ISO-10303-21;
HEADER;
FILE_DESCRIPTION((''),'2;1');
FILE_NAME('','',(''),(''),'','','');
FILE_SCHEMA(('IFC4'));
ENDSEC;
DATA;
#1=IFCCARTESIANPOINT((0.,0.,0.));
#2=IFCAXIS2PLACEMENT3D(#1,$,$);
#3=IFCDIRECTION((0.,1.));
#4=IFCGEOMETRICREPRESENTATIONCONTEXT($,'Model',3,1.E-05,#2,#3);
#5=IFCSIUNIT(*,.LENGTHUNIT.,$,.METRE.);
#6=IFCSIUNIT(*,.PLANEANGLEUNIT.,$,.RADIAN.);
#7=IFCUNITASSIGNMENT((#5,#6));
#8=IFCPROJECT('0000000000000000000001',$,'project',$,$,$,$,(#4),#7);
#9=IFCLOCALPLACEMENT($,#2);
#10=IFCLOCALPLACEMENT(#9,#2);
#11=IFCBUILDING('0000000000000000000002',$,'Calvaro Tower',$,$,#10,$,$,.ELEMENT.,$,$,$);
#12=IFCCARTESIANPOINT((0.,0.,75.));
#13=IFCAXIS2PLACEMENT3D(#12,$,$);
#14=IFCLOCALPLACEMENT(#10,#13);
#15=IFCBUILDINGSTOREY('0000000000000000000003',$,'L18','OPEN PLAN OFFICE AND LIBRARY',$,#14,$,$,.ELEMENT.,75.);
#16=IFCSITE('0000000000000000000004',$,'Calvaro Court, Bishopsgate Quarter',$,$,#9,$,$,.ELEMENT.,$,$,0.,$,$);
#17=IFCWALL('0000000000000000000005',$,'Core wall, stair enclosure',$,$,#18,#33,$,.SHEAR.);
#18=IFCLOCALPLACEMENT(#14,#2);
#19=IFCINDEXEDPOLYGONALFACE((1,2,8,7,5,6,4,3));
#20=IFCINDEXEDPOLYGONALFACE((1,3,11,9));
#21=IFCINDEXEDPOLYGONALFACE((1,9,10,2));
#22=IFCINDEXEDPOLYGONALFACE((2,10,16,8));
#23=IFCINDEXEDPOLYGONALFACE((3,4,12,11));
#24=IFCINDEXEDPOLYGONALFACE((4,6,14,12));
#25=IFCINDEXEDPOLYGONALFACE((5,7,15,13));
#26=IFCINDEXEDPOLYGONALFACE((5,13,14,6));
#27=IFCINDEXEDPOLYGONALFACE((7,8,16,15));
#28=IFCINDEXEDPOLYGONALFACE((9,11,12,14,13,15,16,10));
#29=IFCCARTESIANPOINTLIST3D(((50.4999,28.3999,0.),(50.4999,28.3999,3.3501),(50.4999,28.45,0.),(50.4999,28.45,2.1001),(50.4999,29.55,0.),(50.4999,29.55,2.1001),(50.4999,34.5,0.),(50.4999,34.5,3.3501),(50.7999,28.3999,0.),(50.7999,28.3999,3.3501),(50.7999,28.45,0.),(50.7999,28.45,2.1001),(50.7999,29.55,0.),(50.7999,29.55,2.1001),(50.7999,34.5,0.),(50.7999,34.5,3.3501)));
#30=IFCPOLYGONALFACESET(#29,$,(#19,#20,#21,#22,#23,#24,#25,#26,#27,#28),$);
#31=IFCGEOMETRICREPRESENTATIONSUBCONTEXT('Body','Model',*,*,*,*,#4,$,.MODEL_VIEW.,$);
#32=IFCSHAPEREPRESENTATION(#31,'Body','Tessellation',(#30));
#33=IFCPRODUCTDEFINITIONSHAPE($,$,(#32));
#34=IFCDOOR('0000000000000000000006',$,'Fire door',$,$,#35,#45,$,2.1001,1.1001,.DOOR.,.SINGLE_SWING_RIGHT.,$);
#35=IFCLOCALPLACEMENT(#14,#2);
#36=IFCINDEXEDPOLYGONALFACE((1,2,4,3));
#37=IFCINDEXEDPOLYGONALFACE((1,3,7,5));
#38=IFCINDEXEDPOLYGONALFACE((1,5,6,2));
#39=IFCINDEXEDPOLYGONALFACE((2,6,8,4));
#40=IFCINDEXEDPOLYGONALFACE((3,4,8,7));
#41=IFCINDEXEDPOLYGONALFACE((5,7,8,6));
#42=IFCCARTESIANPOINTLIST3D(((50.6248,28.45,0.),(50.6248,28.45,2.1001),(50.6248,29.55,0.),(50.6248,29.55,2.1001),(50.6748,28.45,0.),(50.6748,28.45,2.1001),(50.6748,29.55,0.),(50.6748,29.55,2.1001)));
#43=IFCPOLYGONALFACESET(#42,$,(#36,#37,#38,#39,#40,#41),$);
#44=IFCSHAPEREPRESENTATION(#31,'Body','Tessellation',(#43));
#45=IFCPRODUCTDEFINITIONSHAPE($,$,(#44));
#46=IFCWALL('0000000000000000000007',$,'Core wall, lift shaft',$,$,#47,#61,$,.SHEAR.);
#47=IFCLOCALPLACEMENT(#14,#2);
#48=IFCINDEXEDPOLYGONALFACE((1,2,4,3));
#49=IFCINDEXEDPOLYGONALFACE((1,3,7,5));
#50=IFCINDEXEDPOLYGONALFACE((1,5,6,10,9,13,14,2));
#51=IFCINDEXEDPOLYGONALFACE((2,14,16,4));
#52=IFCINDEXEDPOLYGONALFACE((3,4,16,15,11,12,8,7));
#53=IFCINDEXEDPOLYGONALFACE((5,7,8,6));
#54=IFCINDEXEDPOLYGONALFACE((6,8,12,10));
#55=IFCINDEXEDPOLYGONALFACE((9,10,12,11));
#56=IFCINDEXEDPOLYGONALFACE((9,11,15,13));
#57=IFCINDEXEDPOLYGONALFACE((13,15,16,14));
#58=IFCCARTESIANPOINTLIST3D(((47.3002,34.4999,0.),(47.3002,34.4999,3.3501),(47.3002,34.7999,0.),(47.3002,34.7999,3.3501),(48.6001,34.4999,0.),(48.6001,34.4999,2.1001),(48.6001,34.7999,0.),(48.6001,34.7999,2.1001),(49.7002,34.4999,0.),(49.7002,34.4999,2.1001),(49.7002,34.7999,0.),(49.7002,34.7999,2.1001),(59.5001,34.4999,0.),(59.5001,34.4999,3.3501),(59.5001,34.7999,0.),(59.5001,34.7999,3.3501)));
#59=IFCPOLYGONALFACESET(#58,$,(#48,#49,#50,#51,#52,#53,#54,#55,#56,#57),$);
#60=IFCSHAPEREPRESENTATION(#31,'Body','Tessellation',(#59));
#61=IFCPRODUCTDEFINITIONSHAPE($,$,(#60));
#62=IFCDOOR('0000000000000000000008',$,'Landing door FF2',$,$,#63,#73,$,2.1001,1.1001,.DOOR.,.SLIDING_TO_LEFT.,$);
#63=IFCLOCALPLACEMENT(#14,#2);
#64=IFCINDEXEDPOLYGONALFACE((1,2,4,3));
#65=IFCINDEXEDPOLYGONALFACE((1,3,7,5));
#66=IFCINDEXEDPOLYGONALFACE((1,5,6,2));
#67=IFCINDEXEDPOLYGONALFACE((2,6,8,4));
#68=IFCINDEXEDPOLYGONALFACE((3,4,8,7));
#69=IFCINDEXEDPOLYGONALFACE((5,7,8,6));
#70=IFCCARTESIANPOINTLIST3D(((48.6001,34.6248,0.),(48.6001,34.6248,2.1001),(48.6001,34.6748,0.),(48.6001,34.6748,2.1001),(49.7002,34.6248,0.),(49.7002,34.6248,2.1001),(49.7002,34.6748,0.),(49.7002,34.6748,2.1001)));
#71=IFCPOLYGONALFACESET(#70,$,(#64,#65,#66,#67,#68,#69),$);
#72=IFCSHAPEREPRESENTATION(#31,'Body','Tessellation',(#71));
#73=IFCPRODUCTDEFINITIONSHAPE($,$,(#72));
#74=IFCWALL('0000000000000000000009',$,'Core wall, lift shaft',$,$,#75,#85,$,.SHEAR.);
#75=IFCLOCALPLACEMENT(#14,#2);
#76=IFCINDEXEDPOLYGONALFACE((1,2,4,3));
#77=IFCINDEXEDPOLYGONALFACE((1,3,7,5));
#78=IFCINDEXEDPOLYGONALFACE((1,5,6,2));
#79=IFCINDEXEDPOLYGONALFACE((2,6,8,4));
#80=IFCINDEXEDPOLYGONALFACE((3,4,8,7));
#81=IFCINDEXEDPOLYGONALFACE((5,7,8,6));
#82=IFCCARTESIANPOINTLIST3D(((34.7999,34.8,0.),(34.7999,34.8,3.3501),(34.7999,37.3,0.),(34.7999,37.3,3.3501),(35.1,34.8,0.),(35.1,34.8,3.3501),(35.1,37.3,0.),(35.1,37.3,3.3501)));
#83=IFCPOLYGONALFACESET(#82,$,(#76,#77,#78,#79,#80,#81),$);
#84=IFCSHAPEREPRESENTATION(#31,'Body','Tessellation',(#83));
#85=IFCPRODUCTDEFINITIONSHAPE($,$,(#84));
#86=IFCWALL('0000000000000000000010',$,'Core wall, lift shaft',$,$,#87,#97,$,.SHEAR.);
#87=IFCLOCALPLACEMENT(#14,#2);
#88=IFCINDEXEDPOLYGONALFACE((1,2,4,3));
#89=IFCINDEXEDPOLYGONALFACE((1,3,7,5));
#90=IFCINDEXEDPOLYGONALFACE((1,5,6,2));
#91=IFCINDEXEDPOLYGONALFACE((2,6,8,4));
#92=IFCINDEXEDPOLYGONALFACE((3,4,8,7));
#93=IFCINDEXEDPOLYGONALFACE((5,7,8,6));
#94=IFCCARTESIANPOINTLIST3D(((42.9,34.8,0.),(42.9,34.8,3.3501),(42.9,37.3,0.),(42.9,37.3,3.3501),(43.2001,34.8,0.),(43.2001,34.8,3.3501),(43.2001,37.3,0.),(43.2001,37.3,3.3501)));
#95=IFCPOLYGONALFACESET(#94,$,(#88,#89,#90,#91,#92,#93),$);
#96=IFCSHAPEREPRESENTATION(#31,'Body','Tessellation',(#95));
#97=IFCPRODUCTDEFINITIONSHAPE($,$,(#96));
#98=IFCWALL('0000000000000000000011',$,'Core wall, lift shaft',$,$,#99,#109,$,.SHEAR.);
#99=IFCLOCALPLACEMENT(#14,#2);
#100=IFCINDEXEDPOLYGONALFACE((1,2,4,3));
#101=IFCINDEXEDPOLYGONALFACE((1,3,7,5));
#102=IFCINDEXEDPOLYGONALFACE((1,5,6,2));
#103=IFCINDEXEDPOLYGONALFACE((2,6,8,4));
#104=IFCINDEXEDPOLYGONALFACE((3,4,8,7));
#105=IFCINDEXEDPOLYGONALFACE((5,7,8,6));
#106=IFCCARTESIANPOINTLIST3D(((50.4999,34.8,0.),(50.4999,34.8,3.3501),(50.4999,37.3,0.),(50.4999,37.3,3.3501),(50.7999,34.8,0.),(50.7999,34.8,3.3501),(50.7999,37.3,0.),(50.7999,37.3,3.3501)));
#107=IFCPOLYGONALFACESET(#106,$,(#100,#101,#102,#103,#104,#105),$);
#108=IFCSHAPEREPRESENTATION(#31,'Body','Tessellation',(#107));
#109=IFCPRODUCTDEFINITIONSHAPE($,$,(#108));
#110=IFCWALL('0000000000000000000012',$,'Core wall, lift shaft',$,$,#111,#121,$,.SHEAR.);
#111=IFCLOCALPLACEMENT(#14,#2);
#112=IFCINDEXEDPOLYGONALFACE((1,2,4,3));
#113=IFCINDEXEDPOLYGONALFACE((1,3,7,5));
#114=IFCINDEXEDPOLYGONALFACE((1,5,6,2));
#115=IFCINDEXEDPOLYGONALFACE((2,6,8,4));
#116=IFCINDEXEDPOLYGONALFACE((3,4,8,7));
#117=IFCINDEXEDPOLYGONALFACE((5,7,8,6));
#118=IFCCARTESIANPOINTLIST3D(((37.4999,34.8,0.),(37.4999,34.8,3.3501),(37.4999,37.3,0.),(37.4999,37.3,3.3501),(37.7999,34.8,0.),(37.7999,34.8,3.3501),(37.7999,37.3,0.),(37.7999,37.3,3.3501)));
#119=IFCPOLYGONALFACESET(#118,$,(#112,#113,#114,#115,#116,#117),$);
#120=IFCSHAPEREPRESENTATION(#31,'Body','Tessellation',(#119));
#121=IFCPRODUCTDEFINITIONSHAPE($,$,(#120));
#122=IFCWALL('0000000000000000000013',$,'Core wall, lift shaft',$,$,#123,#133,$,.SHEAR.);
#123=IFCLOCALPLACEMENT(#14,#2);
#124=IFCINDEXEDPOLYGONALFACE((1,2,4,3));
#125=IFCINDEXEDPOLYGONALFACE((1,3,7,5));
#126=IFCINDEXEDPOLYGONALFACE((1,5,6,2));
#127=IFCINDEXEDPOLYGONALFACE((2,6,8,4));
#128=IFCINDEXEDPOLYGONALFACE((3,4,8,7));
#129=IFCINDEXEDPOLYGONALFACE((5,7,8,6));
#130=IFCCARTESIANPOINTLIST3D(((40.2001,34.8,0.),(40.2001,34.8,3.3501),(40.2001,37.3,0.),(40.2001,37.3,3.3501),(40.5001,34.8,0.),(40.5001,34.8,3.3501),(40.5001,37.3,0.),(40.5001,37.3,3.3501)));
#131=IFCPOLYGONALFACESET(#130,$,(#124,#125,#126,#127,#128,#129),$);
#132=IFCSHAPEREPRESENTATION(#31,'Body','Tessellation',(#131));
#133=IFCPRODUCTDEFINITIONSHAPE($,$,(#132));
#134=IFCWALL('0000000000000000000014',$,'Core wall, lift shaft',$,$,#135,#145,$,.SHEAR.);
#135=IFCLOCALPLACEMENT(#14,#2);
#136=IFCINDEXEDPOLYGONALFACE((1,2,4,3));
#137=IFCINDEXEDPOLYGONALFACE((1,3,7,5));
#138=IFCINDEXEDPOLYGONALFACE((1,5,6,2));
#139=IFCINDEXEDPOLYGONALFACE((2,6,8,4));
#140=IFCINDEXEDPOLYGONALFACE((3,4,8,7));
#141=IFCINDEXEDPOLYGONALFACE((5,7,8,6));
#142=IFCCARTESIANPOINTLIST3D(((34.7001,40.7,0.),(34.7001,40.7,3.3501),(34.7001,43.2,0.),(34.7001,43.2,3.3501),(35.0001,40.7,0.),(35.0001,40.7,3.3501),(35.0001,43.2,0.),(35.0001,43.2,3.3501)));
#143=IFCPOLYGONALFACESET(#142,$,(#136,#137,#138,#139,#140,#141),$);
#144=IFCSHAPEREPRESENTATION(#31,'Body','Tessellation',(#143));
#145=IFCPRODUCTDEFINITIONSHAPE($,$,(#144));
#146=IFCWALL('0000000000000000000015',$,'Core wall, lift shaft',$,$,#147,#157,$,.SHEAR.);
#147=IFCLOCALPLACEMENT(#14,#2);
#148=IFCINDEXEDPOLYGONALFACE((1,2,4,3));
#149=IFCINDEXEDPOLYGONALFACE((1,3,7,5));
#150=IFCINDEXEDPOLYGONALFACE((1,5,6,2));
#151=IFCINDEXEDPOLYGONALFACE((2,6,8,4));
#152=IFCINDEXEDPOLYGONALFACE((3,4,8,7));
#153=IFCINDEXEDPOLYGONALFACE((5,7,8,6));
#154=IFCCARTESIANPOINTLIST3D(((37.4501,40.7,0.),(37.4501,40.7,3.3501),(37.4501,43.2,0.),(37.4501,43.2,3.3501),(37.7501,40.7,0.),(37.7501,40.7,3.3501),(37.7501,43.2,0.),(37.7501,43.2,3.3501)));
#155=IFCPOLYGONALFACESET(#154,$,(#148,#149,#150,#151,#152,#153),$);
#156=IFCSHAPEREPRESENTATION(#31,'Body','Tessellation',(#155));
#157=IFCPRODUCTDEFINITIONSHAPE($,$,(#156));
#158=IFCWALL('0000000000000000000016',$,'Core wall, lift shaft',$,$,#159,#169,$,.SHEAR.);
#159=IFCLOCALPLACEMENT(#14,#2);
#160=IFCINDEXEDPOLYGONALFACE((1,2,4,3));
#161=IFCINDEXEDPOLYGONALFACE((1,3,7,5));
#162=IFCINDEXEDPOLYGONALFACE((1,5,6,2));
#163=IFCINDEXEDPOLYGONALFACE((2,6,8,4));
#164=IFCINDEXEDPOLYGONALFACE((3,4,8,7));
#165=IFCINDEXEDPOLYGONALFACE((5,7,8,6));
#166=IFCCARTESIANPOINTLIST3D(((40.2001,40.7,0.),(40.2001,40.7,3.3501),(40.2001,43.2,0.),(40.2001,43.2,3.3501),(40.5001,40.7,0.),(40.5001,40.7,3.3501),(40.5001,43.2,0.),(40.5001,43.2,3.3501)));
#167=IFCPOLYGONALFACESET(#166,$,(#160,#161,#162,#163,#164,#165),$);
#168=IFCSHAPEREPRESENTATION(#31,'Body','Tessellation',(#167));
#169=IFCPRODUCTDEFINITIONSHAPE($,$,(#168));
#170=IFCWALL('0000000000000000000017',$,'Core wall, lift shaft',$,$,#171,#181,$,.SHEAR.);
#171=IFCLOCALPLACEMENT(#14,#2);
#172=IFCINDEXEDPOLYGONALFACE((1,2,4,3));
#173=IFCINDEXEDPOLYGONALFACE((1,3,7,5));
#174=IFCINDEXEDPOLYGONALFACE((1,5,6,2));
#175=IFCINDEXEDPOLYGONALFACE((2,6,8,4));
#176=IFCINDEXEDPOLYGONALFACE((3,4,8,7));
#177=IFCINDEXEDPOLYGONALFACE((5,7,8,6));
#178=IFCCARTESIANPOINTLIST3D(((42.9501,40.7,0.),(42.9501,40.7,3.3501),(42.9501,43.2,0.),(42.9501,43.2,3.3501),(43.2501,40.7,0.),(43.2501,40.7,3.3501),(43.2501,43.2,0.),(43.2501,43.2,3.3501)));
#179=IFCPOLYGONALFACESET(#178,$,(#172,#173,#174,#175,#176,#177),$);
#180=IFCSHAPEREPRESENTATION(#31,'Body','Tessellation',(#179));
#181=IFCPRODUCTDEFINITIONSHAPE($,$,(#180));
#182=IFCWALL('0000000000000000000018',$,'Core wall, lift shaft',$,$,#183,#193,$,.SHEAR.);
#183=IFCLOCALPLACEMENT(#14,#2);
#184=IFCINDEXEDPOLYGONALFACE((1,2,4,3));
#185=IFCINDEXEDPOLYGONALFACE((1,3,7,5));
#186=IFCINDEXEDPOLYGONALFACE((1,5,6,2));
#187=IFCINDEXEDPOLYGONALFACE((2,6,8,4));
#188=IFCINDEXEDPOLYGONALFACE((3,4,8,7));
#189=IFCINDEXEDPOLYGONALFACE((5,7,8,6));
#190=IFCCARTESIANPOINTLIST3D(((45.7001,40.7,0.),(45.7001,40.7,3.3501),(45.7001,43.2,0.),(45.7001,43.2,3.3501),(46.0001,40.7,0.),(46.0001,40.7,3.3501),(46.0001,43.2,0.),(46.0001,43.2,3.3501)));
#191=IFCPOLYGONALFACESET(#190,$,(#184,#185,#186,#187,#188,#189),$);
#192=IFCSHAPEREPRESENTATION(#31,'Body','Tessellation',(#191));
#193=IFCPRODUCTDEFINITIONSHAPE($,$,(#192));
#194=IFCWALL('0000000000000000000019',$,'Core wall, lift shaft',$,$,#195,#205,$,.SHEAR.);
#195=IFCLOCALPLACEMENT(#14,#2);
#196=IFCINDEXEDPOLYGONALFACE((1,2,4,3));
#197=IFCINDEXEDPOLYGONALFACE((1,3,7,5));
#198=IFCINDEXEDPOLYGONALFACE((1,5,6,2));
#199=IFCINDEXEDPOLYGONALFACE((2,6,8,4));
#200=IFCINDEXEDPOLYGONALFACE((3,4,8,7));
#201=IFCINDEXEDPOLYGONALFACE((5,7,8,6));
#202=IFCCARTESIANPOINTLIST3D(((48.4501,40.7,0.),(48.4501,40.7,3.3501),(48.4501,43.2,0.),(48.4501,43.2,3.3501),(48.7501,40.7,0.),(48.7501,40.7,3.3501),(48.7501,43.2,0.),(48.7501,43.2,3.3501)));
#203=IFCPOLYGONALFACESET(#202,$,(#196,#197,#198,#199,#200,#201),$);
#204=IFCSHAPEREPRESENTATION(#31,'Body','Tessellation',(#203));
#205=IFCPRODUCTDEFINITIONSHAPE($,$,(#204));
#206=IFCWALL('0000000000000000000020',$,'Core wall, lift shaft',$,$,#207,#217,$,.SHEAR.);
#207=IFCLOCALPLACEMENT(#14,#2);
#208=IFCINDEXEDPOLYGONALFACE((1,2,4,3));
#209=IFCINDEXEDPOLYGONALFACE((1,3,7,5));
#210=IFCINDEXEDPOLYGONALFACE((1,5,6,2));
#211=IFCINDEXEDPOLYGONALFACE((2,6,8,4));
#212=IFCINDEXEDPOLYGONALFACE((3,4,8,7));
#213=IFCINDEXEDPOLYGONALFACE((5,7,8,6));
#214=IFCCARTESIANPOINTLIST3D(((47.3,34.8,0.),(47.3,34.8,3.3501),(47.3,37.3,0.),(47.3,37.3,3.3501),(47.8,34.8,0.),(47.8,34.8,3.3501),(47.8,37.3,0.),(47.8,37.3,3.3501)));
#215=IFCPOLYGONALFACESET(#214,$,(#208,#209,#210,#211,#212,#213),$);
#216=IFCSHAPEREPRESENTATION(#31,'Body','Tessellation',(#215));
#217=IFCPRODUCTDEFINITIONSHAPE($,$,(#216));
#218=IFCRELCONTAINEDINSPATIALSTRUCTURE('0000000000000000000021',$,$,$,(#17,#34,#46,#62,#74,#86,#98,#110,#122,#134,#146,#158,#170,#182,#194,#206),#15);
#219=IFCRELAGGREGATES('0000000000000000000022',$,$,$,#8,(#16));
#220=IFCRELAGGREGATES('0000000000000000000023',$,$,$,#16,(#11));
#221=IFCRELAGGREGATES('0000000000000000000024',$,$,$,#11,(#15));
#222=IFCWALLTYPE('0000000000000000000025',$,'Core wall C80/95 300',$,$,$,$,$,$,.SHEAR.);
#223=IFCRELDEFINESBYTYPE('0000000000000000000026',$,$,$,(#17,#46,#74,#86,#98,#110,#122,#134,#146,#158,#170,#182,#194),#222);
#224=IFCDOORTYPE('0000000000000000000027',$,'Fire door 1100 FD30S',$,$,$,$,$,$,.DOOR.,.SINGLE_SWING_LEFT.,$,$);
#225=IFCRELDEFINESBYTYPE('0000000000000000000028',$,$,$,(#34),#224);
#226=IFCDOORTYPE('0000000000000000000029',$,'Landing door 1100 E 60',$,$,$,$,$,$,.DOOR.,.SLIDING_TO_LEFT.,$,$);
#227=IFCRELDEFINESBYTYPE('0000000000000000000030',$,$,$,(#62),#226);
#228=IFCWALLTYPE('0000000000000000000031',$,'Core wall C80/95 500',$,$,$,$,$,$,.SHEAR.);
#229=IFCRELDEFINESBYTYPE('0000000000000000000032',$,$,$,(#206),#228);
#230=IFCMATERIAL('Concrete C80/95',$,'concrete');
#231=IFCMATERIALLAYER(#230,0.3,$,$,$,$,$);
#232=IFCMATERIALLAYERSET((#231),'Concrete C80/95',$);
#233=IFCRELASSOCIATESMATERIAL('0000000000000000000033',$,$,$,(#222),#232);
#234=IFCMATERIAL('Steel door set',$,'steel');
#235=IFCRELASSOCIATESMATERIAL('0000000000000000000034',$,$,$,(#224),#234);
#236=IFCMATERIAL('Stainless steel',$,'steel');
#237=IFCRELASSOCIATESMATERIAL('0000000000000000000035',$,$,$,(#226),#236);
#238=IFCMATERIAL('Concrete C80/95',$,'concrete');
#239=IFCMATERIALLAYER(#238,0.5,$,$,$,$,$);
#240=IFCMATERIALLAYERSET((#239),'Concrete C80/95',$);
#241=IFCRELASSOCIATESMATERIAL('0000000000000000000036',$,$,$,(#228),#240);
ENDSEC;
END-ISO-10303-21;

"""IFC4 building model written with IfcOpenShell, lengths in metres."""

from ifc_helpers import new_model, si_unit, direction, frame, frame_2d, origin, place, context, subcontext, project, spatial, rectangle, extrude, material, layer, layer_set, type_object, element, fill, save


model = new_model("IFC4")

# Units and contexts
model_context = context("Model", 3, precision=1e-05, world=origin(), true_north=direction((0.0, 1.0)))
body_context = subcontext(model_context, "Body", "Model", "MODEL_VIEW")
ifc_project = project(units=[si_unit("LENGTHUNIT", "METRE"), si_unit("PLANEANGLEUNIT", "RADIAN")], contexts=[model_context])

# Site, building, storey
site_placement = place(None, origin())
site = spatial("IfcSite", under=ifc_project, at=site_placement, Name="Calvaro Court, Bishopsgate Quarter", CompositionType="ELEMENT", RefElevation=0.0)
building_placement = place(site_placement, origin())
building = spatial("IfcBuilding", under=site, at=building_placement, Name="Calvaro Tower", CompositionType="ELEMENT")
storey_placement = place(building_placement, frame((0.0, 0.0, 75.0)))
storey = spatial("IfcBuildingStorey", under=building, at=storey_placement, Name="L18", Description="OPEN PLAN OFFICE AND LIBRARY", CompositionType="ELEMENT", Elevation=75.0)

# Walls, openings, doors
ifc_material_1 = material(Name="Concrete C80/95", Category="concrete")
ifc_layer_1 = layer(ifc_material_1, 0.3)
ifc_layer_set_1 = layer_set([ifc_layer_1], Name="Concrete C80/95")
wall_type_1 = type_object("IfcWallType", Name="Core wall C80/95 300", PredefinedType="SHEAR", material=ifc_layer_set_1)
wall_1_placement = place(storey_placement, frame((50.6499, 34.5, 0.0), z_axis=(0.0, 0.0, 1.0), x_axis=(0.0, -1.0, 0.0)))
wall_1 = element("IfcWall", 1, at=wall_1_placement, inside=storey, type_object=wall_type_1, Name="Core wall, stair enclosure", PredefinedType="SHEAR", context=body_context, shape_type="SweptSolid", body=[
    extrude(rectangle(XDim=6.1001, YDim=0.3, at=frame_2d((3.05, 0.0))), origin(), (0.0, 0.0, 1.0), 3.3501),
])
opening_1_placement = place(wall_1_placement, frame((4.95, 0.0, 0.0)))
opening_1 = element("IfcOpeningElement", 2, at=opening_1_placement, cuts=wall_1, PredefinedType="OPENING", context=body_context, shape_type="SweptSolid", body=[
    extrude(rectangle(XDim=1.1001, YDim=2.1001, at=frame_2d((0.55, 1.05))), frame((0.0, 0.1599, 0.0), z_axis=(0.0, -1.0, 0.0), x_axis=(1.0, 0.0, 0.0)), (0.0, 0.0, 1.0), 0.3201),
])
ifc_material_2 = material(Name="Steel door set", Category="steel")
door_type_1 = type_object("IfcDoorType", Name="Fire door 1100 FD30S", OperationType="SINGLE_SWING_LEFT", PredefinedType="DOOR", material=ifc_material_2)
door_1_placement = place(opening_1_placement, origin())
door_1 = element("IfcDoor", 3, at=door_1_placement, inside=storey, type_object=door_type_1, Name="Fire door", OperationType="SINGLE_SWING_RIGHT", OverallHeight=2.1001, OverallWidth=1.1001, PredefinedType="DOOR", context=body_context, shape_type="SweptSolid", body=[
    extrude(rectangle(XDim=1.1001, YDim=2.1001, at=frame_2d((0.55, 1.05))), frame((0.0, 0.0249, 0.0), z_axis=(0.0, -1.0, 0.0), x_axis=(1.0, 0.0, 0.0)), (0.0, 0.0, 1.0), 0.05),
])
fill(opening_1, door_1)
wall_2_placement = place(storey_placement, frame((47.3, 34.6499, 0.0), z_axis=(0.0, 0.0, 1.0), x_axis=(1.0, 0.0, 0.0)))
wall_2 = element("IfcWall", 4, at=wall_2_placement, inside=storey, type_object=wall_type_1, Name="Core wall, lift shaft", PredefinedType="SHEAR", context=body_context, shape_type="SweptSolid", body=[
    extrude(rectangle(XDim=12.2, YDim=0.3, at=frame_2d((6.1001, 0.0))), origin(), (0.0, 0.0, 1.0), 3.3501),
])
opening_2_placement = place(wall_2_placement, frame((1.3, 0.0, 0.0)))
opening_2 = element("IfcOpeningElement", 5, at=opening_2_placement, cuts=wall_2, PredefinedType="OPENING", context=body_context, shape_type="SweptSolid", body=[
    extrude(rectangle(XDim=1.1001, YDim=2.1001, at=frame_2d((0.55, 1.05))), frame((0.0, 0.1599, 0.0), z_axis=(0.0, -1.0, 0.0), x_axis=(1.0, 0.0, 0.0)), (0.0, 0.0, 1.0), 0.3201),
])
ifc_material_3 = material(Name="Stainless steel", Category="steel")
door_type_2 = type_object("IfcDoorType", Name="Landing door 1100 E 60", OperationType="SLIDING_TO_LEFT", PredefinedType="DOOR", material=ifc_material_3)
door_2_placement = place(opening_2_placement, origin())
door_2 = element("IfcDoor", 6, at=door_2_placement, inside=storey, type_object=door_type_2, Name="Landing door FF2", OperationType="SLIDING_TO_LEFT", OverallHeight=2.1001, OverallWidth=1.1001, PredefinedType="DOOR", context=body_context, shape_type="SweptSolid", body=[
    extrude(rectangle(XDim=1.1001, YDim=2.1001, at=frame_2d((0.55, 1.05))), frame((0.0, 0.0249, 0.0), z_axis=(0.0, -1.0, 0.0), x_axis=(1.0, 0.0, 0.0)), (0.0, 0.0, 1.0), 0.05),
])
fill(opening_2, door_2)

# Walls
for number, where, z_axis, x_axis, name in (
    (7, (34.95, 34.8, 0.0), (0.0, 0.0, 1.0), (0.0, 1.0, 0.0), "Core wall, lift shaft"),
    (8, (43.05, 34.8, 0.0), (0.0, 0.0, 1.0), (0.0, 1.0, 0.0), "Core wall, lift shaft"),
    (9, (50.6499, 34.8, 0.0), (0.0, 0.0, 1.0), (0.0, 1.0, 0.0), "Core wall, lift shaft"),
    (10, (37.6499, 34.8, 0.0), (0.0, 0.0, 1.0), (0.0, 1.0, 0.0), "Core wall, lift shaft"),
    (11, (40.3501, 34.8, 0.0), (0.0, 0.0, 1.0), (0.0, 1.0, 0.0), "Core wall, lift shaft"),
    (12, (34.8501, 40.7, 0.0), (0.0, 0.0, 1.0), (0.0, 1.0, 0.0), "Core wall, lift shaft"),
    (13, (37.6001, 40.7, 0.0), (0.0, 0.0, 1.0), (0.0, 1.0, 0.0), "Core wall, lift shaft"),
    (14, (40.3501, 40.7, 0.0), (0.0, 0.0, 1.0), (0.0, 1.0, 0.0), "Core wall, lift shaft"),
    (15, (43.1001, 40.7, 0.0), (0.0, 0.0, 1.0), (0.0, 1.0, 0.0), "Core wall, lift shaft"),
    (16, (45.8501, 40.7, 0.0), (0.0, 0.0, 1.0), (0.0, 1.0, 0.0), "Core wall, lift shaft"),
    (17, (48.6001, 40.7, 0.0), (0.0, 0.0, 1.0), (0.0, 1.0, 0.0), "Core wall, lift shaft"),
):
    element("IfcWall", number, at=place(storey_placement, frame(where, z_axis=z_axis, x_axis=x_axis)), inside=storey, type_object=wall_type_1, Name=name, PredefinedType="SHEAR", context=body_context, shape_type="SweptSolid", body=[
        extrude(rectangle(XDim=2.5, YDim=0.3, at=frame_2d((1.25, 0.0))), origin(), (0.0, 0.0, 1.0), 3.3501),
    ])
ifc_material_4 = material(Name="Concrete C80/95", Category="concrete")
ifc_layer_2 = layer(ifc_material_4, 0.5)
ifc_layer_set_2 = layer_set([ifc_layer_2], Name="Concrete C80/95")
wall_type_2 = type_object("IfcWallType", Name="Core wall C80/95 500", PredefinedType="SHEAR", material=ifc_layer_set_2)
wall_3_placement = place(storey_placement, frame((47.55, 34.8, 0.0), z_axis=(0.0, 0.0, 1.0), x_axis=(0.0, 1.0, 0.0)))
element("IfcWall", 18, at=wall_3_placement, inside=storey, type_object=wall_type_2, Name="Core wall, lift shaft", PredefinedType="SHEAR", context=body_context, shape_type="SweptSolid", body=[
    extrude(rectangle(XDim=2.5, YDim=0.5, at=frame_2d((1.25, 0.0))), origin(), (0.0, 0.0, 1.0), 3.3501),
])

save(model, "model.ifc")
